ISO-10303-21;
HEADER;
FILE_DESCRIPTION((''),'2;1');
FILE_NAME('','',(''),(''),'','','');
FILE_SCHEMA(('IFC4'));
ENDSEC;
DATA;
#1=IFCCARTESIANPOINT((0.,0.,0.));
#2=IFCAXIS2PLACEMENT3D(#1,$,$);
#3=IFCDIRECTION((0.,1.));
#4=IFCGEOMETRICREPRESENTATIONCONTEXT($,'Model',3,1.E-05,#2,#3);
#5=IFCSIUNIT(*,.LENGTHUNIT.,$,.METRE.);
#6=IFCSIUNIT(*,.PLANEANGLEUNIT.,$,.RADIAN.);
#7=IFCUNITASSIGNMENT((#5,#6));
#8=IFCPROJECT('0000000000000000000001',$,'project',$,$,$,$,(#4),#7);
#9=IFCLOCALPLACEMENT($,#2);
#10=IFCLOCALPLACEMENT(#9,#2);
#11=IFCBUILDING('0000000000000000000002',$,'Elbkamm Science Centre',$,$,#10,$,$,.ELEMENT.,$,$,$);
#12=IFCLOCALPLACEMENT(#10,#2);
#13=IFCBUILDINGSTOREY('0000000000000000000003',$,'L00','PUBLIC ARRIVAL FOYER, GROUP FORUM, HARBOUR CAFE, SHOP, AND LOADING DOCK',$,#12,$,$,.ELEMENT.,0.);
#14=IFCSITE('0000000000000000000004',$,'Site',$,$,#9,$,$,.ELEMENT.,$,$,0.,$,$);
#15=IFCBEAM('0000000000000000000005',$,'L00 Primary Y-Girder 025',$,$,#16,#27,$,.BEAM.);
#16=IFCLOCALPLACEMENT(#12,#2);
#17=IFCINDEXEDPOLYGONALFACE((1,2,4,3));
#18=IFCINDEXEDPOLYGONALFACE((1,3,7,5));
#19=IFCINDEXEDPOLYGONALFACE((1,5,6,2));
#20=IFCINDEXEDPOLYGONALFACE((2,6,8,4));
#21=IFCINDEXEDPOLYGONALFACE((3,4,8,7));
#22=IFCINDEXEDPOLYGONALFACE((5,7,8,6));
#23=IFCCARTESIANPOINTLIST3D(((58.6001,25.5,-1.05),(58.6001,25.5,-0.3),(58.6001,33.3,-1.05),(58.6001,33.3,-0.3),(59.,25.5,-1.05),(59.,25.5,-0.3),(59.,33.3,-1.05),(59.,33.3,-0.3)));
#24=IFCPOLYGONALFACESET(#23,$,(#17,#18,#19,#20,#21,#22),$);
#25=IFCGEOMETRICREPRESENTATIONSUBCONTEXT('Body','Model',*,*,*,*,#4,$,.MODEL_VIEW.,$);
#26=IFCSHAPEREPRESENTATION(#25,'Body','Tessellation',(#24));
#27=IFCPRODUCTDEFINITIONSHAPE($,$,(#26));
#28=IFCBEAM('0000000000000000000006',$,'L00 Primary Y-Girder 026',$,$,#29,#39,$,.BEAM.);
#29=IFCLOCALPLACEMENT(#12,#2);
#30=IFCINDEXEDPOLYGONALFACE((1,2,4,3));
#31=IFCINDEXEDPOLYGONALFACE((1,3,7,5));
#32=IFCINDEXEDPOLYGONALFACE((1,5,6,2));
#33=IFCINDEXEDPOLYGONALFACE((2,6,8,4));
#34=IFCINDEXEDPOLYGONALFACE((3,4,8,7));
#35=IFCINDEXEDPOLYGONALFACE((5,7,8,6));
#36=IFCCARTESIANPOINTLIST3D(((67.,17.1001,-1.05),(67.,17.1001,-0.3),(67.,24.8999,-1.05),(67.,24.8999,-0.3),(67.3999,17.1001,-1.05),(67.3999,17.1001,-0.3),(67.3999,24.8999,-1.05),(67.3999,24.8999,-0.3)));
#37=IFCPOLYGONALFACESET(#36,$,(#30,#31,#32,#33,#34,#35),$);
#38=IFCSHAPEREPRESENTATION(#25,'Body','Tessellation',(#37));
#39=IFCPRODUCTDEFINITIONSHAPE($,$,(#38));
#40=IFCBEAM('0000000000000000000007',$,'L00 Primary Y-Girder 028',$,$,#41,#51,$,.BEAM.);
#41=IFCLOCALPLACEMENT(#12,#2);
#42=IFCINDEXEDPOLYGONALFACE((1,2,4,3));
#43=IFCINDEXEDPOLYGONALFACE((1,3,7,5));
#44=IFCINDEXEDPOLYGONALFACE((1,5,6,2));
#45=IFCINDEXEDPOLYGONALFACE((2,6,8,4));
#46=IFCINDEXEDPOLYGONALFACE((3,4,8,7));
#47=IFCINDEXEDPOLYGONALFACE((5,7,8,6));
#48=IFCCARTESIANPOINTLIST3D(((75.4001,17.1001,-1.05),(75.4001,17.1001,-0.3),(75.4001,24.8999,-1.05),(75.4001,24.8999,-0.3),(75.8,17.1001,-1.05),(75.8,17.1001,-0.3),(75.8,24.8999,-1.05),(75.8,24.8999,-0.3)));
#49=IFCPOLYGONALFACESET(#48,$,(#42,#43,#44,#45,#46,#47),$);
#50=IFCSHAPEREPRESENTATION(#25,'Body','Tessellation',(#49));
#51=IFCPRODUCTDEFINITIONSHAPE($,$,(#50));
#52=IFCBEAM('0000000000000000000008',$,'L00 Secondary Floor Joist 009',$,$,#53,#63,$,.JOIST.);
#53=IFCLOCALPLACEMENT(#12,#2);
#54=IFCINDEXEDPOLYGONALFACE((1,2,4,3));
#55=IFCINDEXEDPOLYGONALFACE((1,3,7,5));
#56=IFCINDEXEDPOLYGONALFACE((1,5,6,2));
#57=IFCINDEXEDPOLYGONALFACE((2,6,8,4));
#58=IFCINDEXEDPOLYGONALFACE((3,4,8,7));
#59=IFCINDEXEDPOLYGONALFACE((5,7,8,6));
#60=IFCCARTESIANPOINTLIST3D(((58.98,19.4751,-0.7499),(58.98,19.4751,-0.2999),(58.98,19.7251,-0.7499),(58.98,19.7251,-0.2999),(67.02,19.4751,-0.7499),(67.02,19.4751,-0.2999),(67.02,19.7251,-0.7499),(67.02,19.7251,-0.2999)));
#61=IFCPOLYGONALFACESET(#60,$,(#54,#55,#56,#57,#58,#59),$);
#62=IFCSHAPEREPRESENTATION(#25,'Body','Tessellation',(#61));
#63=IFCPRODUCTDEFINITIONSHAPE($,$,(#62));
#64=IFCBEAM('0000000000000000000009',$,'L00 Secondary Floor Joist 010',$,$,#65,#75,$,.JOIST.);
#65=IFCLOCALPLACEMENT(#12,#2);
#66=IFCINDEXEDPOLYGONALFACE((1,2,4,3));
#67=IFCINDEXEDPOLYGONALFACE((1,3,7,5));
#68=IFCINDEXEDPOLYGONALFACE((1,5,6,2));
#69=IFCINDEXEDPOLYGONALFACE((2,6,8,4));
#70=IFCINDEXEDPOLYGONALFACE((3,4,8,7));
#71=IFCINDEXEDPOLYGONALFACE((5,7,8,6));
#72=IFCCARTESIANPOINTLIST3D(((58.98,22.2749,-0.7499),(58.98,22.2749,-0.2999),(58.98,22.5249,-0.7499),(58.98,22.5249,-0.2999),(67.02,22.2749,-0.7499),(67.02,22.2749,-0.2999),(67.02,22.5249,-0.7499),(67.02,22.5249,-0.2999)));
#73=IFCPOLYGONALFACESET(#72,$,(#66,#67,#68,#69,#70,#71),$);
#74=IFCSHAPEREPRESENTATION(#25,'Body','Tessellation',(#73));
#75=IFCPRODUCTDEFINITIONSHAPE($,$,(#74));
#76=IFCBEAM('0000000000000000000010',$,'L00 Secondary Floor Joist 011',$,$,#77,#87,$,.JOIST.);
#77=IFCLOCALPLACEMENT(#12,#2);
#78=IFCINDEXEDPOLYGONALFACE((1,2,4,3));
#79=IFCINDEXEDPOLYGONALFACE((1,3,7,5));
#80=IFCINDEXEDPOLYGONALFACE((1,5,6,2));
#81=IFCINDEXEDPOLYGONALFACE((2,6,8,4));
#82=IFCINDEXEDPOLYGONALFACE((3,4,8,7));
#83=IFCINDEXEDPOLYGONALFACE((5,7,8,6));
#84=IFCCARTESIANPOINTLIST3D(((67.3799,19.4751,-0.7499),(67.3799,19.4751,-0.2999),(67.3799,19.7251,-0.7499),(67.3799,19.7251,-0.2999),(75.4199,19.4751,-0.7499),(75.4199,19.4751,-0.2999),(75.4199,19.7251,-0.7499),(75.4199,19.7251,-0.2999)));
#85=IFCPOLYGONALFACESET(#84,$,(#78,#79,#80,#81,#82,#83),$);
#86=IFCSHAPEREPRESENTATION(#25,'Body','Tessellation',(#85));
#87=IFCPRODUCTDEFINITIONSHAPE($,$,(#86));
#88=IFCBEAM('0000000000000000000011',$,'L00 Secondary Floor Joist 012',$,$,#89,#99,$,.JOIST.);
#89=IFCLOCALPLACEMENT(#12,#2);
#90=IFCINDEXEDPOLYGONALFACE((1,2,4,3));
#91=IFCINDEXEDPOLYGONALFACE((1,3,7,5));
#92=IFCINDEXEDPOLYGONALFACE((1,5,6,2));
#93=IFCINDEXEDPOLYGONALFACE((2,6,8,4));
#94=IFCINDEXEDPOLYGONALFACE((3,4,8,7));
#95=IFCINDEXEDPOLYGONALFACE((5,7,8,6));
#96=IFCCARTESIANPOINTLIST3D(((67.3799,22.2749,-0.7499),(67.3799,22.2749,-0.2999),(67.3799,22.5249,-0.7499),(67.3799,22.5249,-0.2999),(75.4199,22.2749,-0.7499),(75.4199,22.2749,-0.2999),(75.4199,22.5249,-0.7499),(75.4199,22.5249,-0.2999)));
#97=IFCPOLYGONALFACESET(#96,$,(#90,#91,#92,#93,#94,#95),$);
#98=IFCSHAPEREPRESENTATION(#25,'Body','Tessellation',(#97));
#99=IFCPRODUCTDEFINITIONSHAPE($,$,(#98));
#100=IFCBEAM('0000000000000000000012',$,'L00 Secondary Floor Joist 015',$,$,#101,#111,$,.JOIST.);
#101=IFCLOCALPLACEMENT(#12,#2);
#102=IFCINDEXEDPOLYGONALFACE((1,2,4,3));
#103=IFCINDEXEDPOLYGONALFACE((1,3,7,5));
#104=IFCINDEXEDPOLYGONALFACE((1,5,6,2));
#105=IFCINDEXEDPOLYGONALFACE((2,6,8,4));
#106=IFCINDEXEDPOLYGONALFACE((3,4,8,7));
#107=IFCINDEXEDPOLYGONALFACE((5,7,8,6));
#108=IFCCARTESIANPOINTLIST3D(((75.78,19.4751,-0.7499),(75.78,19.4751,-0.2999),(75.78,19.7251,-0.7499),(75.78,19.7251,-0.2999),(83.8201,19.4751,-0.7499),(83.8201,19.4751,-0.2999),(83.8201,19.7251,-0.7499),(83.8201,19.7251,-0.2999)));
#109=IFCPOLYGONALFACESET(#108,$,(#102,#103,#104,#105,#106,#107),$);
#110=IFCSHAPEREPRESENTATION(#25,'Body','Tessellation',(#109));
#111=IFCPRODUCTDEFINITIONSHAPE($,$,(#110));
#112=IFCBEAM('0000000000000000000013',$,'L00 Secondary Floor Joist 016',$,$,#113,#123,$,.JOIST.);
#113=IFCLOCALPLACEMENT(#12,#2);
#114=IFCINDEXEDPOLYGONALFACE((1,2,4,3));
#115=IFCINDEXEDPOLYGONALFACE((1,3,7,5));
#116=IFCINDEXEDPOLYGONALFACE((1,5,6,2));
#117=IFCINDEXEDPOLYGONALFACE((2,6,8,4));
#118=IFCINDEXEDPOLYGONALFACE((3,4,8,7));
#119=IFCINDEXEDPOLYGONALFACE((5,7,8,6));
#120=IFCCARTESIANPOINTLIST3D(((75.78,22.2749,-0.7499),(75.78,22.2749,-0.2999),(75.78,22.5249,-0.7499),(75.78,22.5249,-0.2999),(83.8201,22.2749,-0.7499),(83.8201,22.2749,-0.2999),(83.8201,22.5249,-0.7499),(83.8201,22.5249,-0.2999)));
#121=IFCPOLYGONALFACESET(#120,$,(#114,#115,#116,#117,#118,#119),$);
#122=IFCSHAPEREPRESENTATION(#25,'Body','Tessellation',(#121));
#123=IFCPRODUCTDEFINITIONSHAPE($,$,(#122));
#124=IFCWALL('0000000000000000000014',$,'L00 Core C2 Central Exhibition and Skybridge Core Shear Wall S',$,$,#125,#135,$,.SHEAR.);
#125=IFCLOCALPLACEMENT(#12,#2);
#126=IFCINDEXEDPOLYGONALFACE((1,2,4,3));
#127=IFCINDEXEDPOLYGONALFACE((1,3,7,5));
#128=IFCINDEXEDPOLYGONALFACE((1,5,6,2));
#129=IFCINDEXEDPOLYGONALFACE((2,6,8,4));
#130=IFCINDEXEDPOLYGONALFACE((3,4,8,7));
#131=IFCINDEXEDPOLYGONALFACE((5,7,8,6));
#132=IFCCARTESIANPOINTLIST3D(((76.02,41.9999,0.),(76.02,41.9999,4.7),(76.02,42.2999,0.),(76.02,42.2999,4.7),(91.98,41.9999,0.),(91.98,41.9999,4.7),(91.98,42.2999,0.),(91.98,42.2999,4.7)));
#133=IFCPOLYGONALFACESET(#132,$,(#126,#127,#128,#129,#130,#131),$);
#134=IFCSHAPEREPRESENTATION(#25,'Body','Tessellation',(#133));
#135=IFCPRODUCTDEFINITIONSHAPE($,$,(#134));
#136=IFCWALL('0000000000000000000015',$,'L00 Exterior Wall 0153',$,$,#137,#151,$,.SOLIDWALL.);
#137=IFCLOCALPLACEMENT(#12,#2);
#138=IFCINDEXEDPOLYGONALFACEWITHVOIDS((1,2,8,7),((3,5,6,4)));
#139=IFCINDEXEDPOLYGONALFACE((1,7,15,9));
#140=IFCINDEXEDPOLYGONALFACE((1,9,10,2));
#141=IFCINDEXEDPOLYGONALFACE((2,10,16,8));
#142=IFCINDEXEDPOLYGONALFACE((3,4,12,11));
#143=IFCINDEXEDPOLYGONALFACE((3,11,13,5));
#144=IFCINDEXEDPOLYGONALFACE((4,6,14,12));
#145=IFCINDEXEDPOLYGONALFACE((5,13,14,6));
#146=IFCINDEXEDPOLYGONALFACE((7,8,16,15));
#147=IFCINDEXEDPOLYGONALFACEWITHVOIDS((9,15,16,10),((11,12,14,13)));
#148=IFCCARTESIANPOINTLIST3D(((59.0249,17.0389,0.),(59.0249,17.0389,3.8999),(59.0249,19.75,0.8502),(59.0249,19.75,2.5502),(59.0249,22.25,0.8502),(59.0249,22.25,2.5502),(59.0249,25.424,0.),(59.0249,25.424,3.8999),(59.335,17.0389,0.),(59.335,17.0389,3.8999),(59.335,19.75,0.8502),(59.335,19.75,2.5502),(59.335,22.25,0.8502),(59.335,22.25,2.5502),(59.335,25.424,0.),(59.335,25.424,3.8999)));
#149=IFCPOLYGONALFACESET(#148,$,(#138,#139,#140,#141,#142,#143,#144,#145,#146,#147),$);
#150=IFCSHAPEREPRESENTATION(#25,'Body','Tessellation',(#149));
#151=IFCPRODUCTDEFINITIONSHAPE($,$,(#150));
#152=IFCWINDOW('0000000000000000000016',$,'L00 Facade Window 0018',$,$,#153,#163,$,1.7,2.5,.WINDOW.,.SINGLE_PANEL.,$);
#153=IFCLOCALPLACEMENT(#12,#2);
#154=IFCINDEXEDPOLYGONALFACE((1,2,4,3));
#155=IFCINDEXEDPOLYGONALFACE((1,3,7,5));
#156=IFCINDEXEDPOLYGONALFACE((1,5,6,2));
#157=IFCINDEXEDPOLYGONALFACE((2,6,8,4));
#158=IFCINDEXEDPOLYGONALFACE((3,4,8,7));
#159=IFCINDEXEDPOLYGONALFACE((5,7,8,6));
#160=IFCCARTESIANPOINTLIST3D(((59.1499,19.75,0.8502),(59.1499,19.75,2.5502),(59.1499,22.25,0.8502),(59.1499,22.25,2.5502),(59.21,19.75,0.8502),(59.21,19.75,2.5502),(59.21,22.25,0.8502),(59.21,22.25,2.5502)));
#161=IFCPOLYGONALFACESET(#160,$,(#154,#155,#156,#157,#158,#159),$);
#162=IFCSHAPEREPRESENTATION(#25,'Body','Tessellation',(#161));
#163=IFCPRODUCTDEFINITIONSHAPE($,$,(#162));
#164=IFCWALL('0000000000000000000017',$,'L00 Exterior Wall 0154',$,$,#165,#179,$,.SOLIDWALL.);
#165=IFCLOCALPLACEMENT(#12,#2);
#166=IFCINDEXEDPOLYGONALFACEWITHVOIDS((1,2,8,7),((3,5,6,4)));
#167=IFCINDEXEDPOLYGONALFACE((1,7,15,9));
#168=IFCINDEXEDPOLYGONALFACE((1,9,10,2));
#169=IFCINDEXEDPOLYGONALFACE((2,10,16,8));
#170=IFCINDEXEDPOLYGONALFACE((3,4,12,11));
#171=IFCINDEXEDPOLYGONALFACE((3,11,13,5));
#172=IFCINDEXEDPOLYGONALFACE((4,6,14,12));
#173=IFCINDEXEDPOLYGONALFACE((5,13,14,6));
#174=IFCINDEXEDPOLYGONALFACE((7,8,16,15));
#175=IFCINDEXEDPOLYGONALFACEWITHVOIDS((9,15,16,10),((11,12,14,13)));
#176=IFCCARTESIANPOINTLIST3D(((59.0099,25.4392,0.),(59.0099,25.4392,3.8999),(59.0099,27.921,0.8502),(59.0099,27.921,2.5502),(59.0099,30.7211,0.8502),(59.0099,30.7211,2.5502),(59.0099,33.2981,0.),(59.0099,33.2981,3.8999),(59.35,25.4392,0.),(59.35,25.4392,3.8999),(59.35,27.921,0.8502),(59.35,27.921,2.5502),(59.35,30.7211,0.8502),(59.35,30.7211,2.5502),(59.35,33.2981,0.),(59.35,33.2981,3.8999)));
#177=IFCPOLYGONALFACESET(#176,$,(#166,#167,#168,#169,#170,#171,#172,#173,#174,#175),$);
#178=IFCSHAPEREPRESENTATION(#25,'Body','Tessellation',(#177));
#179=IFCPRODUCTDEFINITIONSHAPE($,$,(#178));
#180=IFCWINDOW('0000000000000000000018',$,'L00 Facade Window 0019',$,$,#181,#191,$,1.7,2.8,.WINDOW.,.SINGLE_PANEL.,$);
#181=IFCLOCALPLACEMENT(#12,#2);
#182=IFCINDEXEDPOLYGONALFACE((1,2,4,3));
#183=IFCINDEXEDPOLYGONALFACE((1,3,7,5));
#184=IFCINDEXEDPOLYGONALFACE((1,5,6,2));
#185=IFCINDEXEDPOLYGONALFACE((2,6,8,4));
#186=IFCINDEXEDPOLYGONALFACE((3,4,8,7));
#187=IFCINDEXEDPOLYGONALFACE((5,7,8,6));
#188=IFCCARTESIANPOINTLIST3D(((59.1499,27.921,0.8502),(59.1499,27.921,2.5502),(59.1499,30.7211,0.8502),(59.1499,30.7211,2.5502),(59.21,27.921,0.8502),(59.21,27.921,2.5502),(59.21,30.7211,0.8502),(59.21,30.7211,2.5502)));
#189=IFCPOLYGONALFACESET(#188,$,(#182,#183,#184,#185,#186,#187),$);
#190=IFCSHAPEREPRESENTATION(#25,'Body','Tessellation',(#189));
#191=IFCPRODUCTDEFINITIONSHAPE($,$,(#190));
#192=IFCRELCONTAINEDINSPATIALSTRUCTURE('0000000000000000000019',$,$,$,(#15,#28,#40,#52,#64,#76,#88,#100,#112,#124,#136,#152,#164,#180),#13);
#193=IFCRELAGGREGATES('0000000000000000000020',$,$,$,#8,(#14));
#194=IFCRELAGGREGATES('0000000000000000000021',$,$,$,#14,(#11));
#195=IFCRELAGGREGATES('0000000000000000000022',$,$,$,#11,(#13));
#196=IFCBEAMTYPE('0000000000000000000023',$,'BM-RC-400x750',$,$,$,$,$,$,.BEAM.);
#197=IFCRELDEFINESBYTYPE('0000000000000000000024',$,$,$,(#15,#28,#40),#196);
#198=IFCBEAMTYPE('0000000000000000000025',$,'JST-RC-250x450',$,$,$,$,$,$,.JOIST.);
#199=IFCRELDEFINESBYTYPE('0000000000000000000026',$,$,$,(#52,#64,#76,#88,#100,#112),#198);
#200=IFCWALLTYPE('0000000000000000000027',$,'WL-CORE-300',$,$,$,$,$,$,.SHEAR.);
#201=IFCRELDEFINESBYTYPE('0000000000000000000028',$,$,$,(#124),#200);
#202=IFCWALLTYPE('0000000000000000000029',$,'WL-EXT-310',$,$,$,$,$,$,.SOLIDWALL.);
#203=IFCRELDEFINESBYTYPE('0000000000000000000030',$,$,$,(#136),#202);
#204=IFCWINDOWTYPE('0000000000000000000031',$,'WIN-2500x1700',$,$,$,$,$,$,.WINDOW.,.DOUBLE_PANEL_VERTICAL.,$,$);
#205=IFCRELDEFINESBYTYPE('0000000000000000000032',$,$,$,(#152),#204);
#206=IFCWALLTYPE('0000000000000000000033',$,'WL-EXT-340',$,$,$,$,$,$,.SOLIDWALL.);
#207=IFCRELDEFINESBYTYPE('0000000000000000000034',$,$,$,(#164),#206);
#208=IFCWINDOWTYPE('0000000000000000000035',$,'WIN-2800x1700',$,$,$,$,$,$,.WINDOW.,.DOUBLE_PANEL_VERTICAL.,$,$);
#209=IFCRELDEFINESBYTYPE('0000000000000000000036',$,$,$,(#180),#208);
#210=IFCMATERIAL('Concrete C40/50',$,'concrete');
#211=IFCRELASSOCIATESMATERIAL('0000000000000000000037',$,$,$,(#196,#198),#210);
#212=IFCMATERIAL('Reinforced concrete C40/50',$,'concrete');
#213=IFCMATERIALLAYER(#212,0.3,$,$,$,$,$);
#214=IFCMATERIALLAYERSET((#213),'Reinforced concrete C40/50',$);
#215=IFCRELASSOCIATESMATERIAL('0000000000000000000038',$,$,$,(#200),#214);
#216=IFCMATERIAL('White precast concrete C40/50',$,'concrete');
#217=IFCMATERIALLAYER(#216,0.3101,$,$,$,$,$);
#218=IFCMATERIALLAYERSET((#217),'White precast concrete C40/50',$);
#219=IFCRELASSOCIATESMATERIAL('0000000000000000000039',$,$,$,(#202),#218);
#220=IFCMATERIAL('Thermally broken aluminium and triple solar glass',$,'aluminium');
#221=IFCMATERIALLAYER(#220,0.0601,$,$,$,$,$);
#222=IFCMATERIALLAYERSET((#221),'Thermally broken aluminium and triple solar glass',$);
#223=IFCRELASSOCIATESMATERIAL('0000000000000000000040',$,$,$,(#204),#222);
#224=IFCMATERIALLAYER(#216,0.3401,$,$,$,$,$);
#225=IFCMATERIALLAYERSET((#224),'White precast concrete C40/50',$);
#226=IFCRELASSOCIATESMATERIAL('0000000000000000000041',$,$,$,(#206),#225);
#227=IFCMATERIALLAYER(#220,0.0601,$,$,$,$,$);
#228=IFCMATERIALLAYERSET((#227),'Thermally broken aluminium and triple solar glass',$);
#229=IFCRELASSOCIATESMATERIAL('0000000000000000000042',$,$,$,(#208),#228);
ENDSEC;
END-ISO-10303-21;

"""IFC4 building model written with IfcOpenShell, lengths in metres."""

from ifc_helpers import new_model, si_unit, direction, frame, frame_2d, origin, origin_2d, place, context, subcontext, project, spatial, rectangle, extrude, material, layer, layer_set, material_profile, profile_set, type_object, element, fill, save


model = new_model("IFC4")

# Units and contexts
model_context = context("Model", 3, precision=1e-05, world=origin(), true_north=direction((0.0, 1.0)))
body_context = subcontext(model_context, "Body", "Model", "MODEL_VIEW")
ifc_project = project(units=[si_unit("LENGTHUNIT", "METRE"), si_unit("PLANEANGLEUNIT", "RADIAN")], contexts=[model_context])

# Site, building, storey
site_placement = place(None, origin())
site = spatial("IfcSite", under=ifc_project, at=site_placement, Name="Site", CompositionType="ELEMENT", RefElevation=0.0)
building_placement = place(site_placement, origin())
building = spatial("IfcBuilding", under=site, at=building_placement, Name="Elbkamm Science Centre", CompositionType="ELEMENT")
storey_placement = place(building_placement, origin())
storey = spatial("IfcBuildingStorey", under=building, at=storey_placement, Name="L00", Description="PUBLIC ARRIVAL FOYER, GROUP FORUM, HARBOUR CAFE, SHOP, AND LOADING DOCK", CompositionType="ELEMENT", Elevation=0.0)

# Shared definitions
ifc_material_1 = material(Name="Concrete C40/50", Category="concrete")

# Beams
ifc_material_profile_1 = material_profile(ifc_material_1, rectangle(XDim=0.3999, YDim=0.75, at=origin_2d()), Name="RC 400x750")
ifc_profile_set_1 = profile_set([ifc_material_profile_1], Name="Concrete C40/50")
beam_type_1 = type_object("IfcBeamType", Name="BM-RC-400x750", PredefinedType="BEAM", material=ifc_profile_set_1)
beam_1_placement = place(storey_placement, frame((58.8, 25.5, -0.675), z_axis=(0.0, 1.0, 0.0), x_axis=(-1.0, 0.0, 0.0)))
element("IfcBeam", 1, at=beam_1_placement, inside=storey, type_object=beam_type_1, Name="L00 Primary Y-Girder 025", PredefinedType="BEAM", context=body_context, shape_type="SweptSolid", body=[
    extrude(rectangle(XDim=0.3999, YDim=0.75, at=origin_2d()), origin(), (0.0, 0.0, 1.0), 7.8),
])
for number, where, z_axis, x_axis, name in (
    (2, (67.2, 17.1001, -0.675), (0.0, 1.0, 0.0), (-1.0, 0.0, 0.0), "L00 Primary Y-Girder 026"),
    (3, (75.6001, 17.1001, -0.675), (0.0, 1.0, 0.0), (-1.0, 0.0, 0.0), "L00 Primary Y-Girder 028"),
):
    element("IfcBeam", number, at=place(storey_placement, frame(where, z_axis=z_axis, x_axis=x_axis)), inside=storey, type_object=beam_type_1, Name=name, PredefinedType="BEAM", context=body_context, shape_type="SweptSolid", body=[
        extrude(rectangle(XDim=0.3999, YDim=0.75, at=origin_2d()), origin(), (0.0, 0.0, 1.0), 7.7998),
    ])
ifc_material_profile_2 = material_profile(ifc_material_1, rectangle(XDim=0.25, YDim=0.45, at=origin_2d()), Name="RC 250x450")
ifc_profile_set_2 = profile_set([ifc_material_profile_2], Name="Concrete C40/50")
beam_type_2 = type_object("IfcBeamType", Name="JST-RC-250x450", PredefinedType="JOIST", material=ifc_profile_set_2)
for number, where, z_axis, x_axis, name in (
    (4, (58.98, 19.6001, -0.5249), (1.0, 0.0, 0.0), (0.0, 1.0, 0.0), "L00 Secondary Floor Joist 009"),
    (5, (58.98, 22.3999, -0.5249), (1.0, 0.0, 0.0), (0.0, 1.0, 0.0), "L00 Secondary Floor Joist 010"),
    (6, (67.3799, 19.6001, -0.5249), (1.0, 0.0, 0.0), (0.0, 1.0, 0.0), "L00 Secondary Floor Joist 011"),
    (7, (67.3799, 22.3999, -0.5249), (1.0, 0.0, 0.0), (0.0, 1.0, 0.0), "L00 Secondary Floor Joist 012"),
    (8, (75.78, 19.6001, -0.5249), (1.0, 0.0, 0.0), (0.0, 1.0, 0.0), "L00 Secondary Floor Joist 015"),
    (9, (75.78, 22.3999, -0.5249), (1.0, 0.0, 0.0), (0.0, 1.0, 0.0), "L00 Secondary Floor Joist 016"),
):
    element("IfcBeam", number, at=place(storey_placement, frame(where, z_axis=z_axis, x_axis=x_axis)), inside=storey, type_object=beam_type_2, Name=name, PredefinedType="JOIST", context=body_context, shape_type="SweptSolid", body=[
        extrude(rectangle(XDim=0.25, YDim=0.45, at=origin_2d()), origin(), (0.0, 0.0, 1.0), 8.04),
    ])

# Wall
ifc_material_2 = material(Name="Reinforced concrete C40/50", Category="concrete")
ifc_layer_1 = layer(ifc_material_2, 0.3)
ifc_layer_set_1 = layer_set([ifc_layer_1], Name="Reinforced concrete C40/50")
wall_type_1 = type_object("IfcWallType", Name="WL-CORE-300", PredefinedType="SHEAR", material=ifc_layer_set_1)
wall_1_placement = place(storey_placement, frame((76.02, 42.1499, 0.0), z_axis=(0.0, 0.0, 1.0), x_axis=(1.0, 0.0, 0.0)))
element("IfcWall", 10, at=wall_1_placement, inside=storey, type_object=wall_type_1, Name="L00 Core C2 Central Exhibition and Skybridge Core Shear Wall S", PredefinedType="SHEAR", context=body_context, shape_type="SweptSolid", body=[
    extrude(rectangle(XDim=15.96, YDim=0.3, at=frame_2d((7.98, 0.0))), origin(), (0.0, 0.0, 1.0), 4.7),
])

# Walls, openings, windows
ifc_material_3 = material(Name="White precast concrete C40/50", Category="concrete")
ifc_layer_2 = layer(ifc_material_3, 0.3101)
ifc_layer_set_2 = layer_set([ifc_layer_2], Name="White precast concrete C40/50")
wall_type_2 = type_object("IfcWallType", Name="WL-EXT-310", PredefinedType="SOLIDWALL", material=ifc_layer_set_2)
wall_2_placement = place(storey_placement, frame((59.1799, 17.0391, 0.0), z_axis=(0.0, 0.0, 1.0), x_axis=(0.0, 1.0, 0.0)))
wall_2 = element("IfcWall", 11, at=wall_2_placement, inside=storey, type_object=wall_type_2, Name="L00 Exterior Wall 0153", PredefinedType="SOLIDWALL", context=body_context, shape_type="SweptSolid", body=[
    extrude(rectangle(XDim=8.385, YDim=0.3101, at=frame_2d((4.1924, 0.0))), origin(), (0.0, 0.0, 1.0), 3.8999),
])
opening_1_placement = place(wall_2_placement, frame((2.7109, 0.0, 0.8501)))
opening_1 = element("IfcOpeningElement", 12, at=opening_1_placement, cuts=wall_2, PredefinedType="OPENING", context=body_context, shape_type="SweptSolid", body=[
    extrude(rectangle(XDim=2.5, YDim=1.7, at=frame_2d((1.25, 0.8501))), frame((0.0, 0.167, 0.0), z_axis=(0.0, -1.0, 0.0), x_axis=(1.0, 0.0, 0.0)), (0.0, 0.0, 1.0), 0.334),
])
ifc_material_4 = material(Name="Thermally broken aluminium and triple solar glass", Category="aluminium")
ifc_layer_3 = layer(ifc_material_4, 0.0601)
ifc_layer_set_3 = layer_set([ifc_layer_3], Name="Thermally broken aluminium and triple solar glass")
window_type_1 = type_object("IfcWindowType", Name="WIN-2500x1700", PartitioningType="DOUBLE_PANEL_VERTICAL", PredefinedType="WINDOW", material=ifc_layer_set_3)
window_1_placement = place(opening_1_placement, origin())
window_1 = element("IfcWindow", 13, at=window_1_placement, inside=storey, type_object=window_type_1, Name="L00 Facade Window 0018", OverallHeight=1.7, OverallWidth=2.5, PartitioningType="SINGLE_PANEL", PredefinedType="WINDOW", context=body_context, shape_type="SweptSolid", body=[
    extrude(rectangle(XDim=2.5, YDim=1.7, at=frame_2d((1.25, 0.8501))), frame((0.0, 0.03, 0.0), z_axis=(0.0, -1.0, 0.0), x_axis=(1.0, 0.0, 0.0)), (0.0, 0.0, 1.0), 0.0601),
])
fill(opening_1, window_1)
ifc_layer_4 = layer(ifc_material_3, 0.3401)
ifc_layer_set_4 = layer_set([ifc_layer_4], Name="White precast concrete C40/50")
wall_type_3 = type_object("IfcWallType", Name="WL-EXT-340", PredefinedType="SOLIDWALL", material=ifc_layer_set_4)
wall_3_placement = place(storey_placement, frame((59.1799, 25.4392, 0.0), z_axis=(0.0, 0.0, 1.0), x_axis=(0.0, 1.0, 0.0)))
wall_3 = element("IfcWall", 14, at=wall_3_placement, inside=storey, type_object=wall_type_3, Name="L00 Exterior Wall 0154", PredefinedType="SOLIDWALL", context=body_context, shape_type="SweptSolid", body=[
    extrude(rectangle(XDim=7.8589, YDim=0.3401, at=frame_2d((3.9294, 0.0))), origin(), (0.0, 0.0, 1.0), 3.8999),
])
opening_2_placement = place(wall_3_placement, frame((2.4819, 0.0, 0.8501)))
opening_2 = element("IfcOpeningElement", 15, at=opening_2_placement, cuts=wall_3, PredefinedType="OPENING", context=body_context, shape_type="SweptSolid", body=[
    extrude(rectangle(XDim=2.8, YDim=1.7, at=frame_2d((1.3999, 0.8501))), frame((0.0, 0.1821, 0.0), z_axis=(0.0, -1.0, 0.0), x_axis=(1.0, 0.0, 0.0)), (0.0, 0.0, 1.0), 0.364),
])
ifc_layer_5 = layer(ifc_material_4, 0.0601)
ifc_layer_set_5 = layer_set([ifc_layer_5], Name="Thermally broken aluminium and triple solar glass")
window_type_2 = type_object("IfcWindowType", Name="WIN-2800x1700", PartitioningType="DOUBLE_PANEL_VERTICAL", PredefinedType="WINDOW", material=ifc_layer_set_5)
window_2_placement = place(opening_2_placement, origin())
window_2 = element("IfcWindow", 16, at=window_2_placement, inside=storey, type_object=window_type_2, Name="L00 Facade Window 0019", OverallHeight=1.7, OverallWidth=2.8, PartitioningType="SINGLE_PANEL", PredefinedType="WINDOW", context=body_context, shape_type="SweptSolid", body=[
    extrude(rectangle(XDim=2.8, YDim=1.7, at=frame_2d((1.3999, 0.8501))), frame((0.0, 0.03, 0.0), z_axis=(0.0, -1.0, 0.0), x_axis=(1.0, 0.0, 0.0)), (0.0, 0.0, 1.0), 0.0601),
])
fill(opening_2, window_2)

save(model, "model.ifc")
